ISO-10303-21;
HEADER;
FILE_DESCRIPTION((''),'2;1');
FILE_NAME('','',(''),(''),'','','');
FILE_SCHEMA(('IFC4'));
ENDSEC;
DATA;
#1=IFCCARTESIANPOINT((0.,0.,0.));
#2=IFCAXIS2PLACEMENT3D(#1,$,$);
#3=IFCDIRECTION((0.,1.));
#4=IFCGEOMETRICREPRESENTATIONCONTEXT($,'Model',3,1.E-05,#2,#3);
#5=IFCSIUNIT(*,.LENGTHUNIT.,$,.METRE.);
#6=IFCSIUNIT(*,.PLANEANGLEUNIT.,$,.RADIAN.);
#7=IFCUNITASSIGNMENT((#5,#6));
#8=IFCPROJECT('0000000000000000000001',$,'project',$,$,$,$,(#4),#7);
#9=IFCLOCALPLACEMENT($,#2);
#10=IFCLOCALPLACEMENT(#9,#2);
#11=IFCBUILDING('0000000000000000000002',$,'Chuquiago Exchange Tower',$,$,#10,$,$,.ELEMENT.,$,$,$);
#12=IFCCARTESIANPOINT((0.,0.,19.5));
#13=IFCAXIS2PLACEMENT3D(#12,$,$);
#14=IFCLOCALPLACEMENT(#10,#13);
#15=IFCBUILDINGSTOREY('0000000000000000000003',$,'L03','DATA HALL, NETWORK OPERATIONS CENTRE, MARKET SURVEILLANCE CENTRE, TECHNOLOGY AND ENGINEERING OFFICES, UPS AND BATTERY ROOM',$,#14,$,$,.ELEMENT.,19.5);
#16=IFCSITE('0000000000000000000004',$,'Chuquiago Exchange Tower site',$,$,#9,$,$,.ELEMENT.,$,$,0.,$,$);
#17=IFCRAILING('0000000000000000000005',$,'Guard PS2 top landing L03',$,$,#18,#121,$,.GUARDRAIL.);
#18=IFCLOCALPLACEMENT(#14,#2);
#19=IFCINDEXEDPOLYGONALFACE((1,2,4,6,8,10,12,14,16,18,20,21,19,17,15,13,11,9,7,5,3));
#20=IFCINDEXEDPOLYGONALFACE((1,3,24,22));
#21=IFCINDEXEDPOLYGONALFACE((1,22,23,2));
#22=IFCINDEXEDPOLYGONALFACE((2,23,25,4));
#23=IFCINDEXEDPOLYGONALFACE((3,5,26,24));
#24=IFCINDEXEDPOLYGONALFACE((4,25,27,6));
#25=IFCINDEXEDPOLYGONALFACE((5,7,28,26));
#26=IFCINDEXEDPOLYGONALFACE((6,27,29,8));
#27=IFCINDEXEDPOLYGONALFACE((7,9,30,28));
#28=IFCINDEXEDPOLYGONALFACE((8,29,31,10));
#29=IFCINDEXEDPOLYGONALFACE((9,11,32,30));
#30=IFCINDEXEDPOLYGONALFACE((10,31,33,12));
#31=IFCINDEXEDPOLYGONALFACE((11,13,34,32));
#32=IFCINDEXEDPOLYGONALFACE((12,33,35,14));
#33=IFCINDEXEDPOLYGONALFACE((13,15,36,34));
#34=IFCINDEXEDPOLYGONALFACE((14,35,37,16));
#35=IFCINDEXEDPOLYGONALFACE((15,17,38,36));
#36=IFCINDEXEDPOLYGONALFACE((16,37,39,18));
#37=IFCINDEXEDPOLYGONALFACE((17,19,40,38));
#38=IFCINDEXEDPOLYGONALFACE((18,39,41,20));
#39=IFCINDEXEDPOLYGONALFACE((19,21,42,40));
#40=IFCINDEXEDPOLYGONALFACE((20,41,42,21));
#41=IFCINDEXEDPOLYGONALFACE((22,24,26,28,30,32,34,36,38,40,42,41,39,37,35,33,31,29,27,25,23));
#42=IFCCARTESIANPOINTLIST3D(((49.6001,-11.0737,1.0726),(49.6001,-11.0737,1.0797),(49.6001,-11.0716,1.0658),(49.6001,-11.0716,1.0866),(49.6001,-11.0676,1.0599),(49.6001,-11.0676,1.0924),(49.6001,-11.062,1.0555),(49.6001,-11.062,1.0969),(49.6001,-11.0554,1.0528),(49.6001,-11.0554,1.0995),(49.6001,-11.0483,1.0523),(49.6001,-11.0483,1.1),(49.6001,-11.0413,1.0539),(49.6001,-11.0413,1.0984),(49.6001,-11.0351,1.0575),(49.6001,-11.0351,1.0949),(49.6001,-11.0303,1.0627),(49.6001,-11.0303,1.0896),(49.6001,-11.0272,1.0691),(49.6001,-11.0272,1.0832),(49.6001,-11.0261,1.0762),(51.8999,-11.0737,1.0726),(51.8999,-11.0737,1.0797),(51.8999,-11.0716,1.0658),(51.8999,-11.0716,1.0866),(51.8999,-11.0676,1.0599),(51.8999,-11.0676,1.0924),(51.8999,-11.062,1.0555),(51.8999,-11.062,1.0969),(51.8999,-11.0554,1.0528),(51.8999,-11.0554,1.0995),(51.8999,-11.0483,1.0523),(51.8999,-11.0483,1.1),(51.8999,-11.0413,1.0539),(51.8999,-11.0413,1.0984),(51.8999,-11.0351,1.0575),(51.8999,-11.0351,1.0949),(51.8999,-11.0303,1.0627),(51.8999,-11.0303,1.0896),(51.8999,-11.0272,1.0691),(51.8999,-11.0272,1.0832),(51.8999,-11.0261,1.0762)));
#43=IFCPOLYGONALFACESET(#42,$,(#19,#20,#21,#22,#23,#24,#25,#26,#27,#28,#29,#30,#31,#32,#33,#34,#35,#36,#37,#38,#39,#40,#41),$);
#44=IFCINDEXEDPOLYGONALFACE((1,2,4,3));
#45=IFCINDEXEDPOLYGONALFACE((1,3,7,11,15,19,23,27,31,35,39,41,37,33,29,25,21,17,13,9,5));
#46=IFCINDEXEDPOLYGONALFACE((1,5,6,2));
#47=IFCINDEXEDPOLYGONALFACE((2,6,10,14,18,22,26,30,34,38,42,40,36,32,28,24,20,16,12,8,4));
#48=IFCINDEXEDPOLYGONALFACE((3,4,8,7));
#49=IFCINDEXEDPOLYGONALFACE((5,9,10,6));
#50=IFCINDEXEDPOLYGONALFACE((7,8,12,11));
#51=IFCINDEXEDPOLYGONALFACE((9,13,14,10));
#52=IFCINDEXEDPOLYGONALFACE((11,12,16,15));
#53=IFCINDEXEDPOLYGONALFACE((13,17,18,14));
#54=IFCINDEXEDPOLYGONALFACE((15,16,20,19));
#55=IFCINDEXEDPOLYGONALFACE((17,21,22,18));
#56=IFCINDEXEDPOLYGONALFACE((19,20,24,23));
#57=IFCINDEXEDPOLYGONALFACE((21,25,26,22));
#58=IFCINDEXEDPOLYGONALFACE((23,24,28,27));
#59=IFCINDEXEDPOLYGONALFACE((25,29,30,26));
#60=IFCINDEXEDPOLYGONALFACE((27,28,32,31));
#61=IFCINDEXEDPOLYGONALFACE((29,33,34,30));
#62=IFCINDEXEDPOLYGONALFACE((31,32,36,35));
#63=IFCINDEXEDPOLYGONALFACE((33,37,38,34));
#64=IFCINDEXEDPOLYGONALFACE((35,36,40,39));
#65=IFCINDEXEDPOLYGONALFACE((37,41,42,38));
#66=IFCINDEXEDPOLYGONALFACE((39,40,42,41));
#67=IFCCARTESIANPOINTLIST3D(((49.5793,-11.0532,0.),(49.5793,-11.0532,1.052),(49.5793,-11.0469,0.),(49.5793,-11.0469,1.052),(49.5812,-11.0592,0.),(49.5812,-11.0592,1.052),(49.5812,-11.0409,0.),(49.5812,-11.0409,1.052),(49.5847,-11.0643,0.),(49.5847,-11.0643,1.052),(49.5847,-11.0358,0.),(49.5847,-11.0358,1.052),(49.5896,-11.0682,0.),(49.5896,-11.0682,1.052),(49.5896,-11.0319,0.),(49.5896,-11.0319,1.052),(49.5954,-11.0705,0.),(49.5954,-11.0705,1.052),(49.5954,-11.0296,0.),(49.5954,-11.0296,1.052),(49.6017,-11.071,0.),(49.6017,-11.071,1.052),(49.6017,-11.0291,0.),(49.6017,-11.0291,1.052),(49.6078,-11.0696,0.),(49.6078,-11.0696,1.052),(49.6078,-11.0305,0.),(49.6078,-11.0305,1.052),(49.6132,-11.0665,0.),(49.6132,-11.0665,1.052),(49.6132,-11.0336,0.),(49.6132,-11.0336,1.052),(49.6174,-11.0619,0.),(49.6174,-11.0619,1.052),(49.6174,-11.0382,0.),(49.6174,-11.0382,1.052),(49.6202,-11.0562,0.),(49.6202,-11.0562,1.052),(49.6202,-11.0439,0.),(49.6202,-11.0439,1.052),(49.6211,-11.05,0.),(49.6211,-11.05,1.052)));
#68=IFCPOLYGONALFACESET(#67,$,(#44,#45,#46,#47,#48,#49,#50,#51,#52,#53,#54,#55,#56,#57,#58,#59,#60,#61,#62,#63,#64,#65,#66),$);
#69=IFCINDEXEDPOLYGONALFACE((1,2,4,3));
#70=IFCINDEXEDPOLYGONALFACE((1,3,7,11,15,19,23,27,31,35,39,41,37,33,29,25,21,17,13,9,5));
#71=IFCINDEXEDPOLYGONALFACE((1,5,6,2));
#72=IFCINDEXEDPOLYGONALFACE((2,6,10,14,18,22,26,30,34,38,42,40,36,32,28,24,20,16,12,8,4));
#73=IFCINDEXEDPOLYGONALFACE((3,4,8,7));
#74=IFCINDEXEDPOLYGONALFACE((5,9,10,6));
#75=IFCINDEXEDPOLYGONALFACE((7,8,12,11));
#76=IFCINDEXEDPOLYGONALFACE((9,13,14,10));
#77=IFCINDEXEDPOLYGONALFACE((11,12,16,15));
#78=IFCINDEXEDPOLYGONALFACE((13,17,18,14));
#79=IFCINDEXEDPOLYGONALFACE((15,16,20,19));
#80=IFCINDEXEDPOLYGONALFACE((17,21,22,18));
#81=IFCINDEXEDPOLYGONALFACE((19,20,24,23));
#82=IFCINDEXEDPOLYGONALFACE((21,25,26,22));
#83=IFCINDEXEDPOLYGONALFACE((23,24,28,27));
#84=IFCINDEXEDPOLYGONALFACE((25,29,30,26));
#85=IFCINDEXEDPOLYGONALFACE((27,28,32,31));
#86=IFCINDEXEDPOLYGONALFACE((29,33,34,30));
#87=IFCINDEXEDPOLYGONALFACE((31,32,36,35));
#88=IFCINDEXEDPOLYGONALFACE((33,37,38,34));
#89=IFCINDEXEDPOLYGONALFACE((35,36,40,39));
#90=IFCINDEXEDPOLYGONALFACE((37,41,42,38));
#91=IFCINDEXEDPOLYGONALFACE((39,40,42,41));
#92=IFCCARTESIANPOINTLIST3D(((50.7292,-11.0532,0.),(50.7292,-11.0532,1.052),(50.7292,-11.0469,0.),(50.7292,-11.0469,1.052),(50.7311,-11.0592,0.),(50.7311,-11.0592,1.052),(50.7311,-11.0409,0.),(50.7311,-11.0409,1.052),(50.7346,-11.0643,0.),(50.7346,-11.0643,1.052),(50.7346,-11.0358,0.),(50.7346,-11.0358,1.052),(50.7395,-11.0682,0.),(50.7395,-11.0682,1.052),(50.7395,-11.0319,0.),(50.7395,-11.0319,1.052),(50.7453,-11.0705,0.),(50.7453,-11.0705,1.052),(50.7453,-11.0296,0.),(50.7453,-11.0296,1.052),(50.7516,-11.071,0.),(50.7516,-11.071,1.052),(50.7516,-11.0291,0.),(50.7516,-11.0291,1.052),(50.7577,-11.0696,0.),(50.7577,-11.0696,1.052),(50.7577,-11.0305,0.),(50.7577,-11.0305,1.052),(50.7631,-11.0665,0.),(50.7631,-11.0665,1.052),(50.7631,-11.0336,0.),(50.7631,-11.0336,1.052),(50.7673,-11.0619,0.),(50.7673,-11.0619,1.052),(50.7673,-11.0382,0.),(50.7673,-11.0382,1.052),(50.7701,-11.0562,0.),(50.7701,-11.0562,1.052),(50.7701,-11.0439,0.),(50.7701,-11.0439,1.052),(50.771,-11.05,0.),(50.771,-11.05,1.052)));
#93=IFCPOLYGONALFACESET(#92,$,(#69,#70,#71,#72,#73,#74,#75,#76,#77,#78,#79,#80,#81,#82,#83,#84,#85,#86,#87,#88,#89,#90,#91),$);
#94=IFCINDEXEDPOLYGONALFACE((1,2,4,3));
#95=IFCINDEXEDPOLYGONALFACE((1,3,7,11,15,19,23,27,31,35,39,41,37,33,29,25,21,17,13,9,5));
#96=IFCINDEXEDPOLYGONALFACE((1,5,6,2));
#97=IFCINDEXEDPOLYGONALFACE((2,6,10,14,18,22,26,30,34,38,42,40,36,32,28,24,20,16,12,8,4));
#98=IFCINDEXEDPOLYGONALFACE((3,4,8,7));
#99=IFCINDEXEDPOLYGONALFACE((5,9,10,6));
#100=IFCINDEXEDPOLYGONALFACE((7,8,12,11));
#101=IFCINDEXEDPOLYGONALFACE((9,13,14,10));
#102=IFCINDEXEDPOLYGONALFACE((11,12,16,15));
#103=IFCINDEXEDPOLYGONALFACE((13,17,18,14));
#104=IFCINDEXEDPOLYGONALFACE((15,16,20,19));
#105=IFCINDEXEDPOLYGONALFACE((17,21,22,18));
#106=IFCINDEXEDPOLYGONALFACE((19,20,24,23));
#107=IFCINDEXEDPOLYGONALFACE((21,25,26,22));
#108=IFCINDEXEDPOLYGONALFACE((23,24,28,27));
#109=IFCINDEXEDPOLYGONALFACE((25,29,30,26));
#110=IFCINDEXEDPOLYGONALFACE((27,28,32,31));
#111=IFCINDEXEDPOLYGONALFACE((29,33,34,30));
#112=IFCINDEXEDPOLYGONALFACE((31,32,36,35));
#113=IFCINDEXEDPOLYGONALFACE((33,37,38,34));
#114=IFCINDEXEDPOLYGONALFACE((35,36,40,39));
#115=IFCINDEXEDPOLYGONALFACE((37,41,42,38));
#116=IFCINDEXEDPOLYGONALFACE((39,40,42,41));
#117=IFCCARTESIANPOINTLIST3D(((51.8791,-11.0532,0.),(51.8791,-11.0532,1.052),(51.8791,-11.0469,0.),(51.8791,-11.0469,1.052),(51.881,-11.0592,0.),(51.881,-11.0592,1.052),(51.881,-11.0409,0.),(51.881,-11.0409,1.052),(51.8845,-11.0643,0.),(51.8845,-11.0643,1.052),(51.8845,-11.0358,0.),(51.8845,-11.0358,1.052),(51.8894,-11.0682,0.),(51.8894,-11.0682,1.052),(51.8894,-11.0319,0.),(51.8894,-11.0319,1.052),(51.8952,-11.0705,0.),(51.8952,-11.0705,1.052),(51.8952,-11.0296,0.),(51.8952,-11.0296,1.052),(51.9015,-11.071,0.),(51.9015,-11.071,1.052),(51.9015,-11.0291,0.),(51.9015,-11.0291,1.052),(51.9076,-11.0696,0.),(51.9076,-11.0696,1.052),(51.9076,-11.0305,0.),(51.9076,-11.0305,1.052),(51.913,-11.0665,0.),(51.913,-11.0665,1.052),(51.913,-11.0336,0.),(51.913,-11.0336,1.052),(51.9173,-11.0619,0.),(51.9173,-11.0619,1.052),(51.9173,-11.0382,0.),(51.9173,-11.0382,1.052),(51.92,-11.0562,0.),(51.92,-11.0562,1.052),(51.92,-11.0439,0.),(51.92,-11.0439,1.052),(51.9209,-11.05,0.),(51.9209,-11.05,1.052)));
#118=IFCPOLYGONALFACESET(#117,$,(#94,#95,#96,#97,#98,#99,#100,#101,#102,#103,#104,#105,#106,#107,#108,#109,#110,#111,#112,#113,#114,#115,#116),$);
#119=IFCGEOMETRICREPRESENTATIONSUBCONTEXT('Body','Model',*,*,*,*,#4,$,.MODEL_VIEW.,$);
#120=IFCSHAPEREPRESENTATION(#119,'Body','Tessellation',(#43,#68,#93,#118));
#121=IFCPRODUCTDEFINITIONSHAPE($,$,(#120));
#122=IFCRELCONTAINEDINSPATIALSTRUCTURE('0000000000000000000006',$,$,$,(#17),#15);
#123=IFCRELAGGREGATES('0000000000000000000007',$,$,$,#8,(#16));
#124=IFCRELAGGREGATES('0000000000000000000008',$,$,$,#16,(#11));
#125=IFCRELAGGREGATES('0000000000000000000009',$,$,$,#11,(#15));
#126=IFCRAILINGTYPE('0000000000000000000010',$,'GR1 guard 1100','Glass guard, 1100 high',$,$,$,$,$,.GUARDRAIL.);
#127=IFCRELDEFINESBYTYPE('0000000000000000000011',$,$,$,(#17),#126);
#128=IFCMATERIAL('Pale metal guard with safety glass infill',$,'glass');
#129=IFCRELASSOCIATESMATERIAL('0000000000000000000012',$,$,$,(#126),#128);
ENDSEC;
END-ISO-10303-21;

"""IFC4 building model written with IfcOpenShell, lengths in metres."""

from ifc_helpers import new_model, si_unit, direction, frame, origin, origin_2d, place, context, subcontext, project, spatial, circle, extrude, material, type_object, element, save


model = new_model("IFC4")

# Units and contexts
model_context = context("Model", 3, precision=1e-05, world=origin(), true_north=direction((0.0, 1.0)))
body_context = subcontext(model_context, "Body", "Model", "MODEL_VIEW")
ifc_project = project(units=[si_unit("LENGTHUNIT", "METRE"), si_unit("PLANEANGLEUNIT", "RADIAN")], contexts=[model_context])

# Site, building, storey
site_placement = place(None, origin())
site = spatial("IfcSite", under=ifc_project, at=site_placement, Name="Chuquiago Exchange Tower site", CompositionType="ELEMENT", RefElevation=0.0)
building_placement = place(site_placement, origin())
building = spatial("IfcBuilding", under=site, at=building_placement, Name="Chuquiago Exchange Tower", CompositionType="ELEMENT")
storey_placement = place(building_placement, frame((0.0, 0.0, 19.5)))
storey = spatial("IfcBuildingStorey", under=building, at=storey_placement, Name="L03", Description="DATA HALL, NETWORK OPERATIONS CENTRE, MARKET SURVEILLANCE CENTRE, TECHNOLOGY AND ENGINEERING OFFICES, UPS AND BATTERY ROOM", CompositionType="ELEMENT", Elevation=19.5)

# Railing
ifc_material_1 = material(Name="Pale metal guard with safety glass infill", Category="glass")
railing_type = type_object("IfcRailingType", Name="GR1 guard 1100", Description="Glass guard, 1100 high", PredefinedType="GUARDRAIL", material=ifc_material_1)
railing_placement = place(storey_placement, frame((49.6001, -11.05, 0.0)))
element("IfcRailing", 1, at=railing_placement, inside=storey, type_object=railing_type, Name="Guard PS2 top landing L03", PredefinedType="GUARDRAIL", context=body_context, shape_type="SweptSolid", body=[
    extrude(circle(Radius=0.0239, at=origin_2d()), frame((0.0, 0.0, 1.0762), z_axis=(1.0, 0.0, 0.0), x_axis=(0.0, 1.0, 0.0)), (0.0, 0.0, 1.0), 2.2998),
    extrude(circle(Radius=0.021, at=origin_2d()), origin(), (0.0, 0.0, 1.0), 1.052),
    extrude(circle(Radius=0.021, at=origin_2d()), frame((1.1499, 0.0, 0.0)), (0.0, 0.0, 1.0), 1.052),
    extrude(circle(Radius=0.021, at=origin_2d()), frame((2.2998, 0.0, 0.0)), (0.0, 0.0, 1.0), 1.052),
])

save(model, "model.ifc")
